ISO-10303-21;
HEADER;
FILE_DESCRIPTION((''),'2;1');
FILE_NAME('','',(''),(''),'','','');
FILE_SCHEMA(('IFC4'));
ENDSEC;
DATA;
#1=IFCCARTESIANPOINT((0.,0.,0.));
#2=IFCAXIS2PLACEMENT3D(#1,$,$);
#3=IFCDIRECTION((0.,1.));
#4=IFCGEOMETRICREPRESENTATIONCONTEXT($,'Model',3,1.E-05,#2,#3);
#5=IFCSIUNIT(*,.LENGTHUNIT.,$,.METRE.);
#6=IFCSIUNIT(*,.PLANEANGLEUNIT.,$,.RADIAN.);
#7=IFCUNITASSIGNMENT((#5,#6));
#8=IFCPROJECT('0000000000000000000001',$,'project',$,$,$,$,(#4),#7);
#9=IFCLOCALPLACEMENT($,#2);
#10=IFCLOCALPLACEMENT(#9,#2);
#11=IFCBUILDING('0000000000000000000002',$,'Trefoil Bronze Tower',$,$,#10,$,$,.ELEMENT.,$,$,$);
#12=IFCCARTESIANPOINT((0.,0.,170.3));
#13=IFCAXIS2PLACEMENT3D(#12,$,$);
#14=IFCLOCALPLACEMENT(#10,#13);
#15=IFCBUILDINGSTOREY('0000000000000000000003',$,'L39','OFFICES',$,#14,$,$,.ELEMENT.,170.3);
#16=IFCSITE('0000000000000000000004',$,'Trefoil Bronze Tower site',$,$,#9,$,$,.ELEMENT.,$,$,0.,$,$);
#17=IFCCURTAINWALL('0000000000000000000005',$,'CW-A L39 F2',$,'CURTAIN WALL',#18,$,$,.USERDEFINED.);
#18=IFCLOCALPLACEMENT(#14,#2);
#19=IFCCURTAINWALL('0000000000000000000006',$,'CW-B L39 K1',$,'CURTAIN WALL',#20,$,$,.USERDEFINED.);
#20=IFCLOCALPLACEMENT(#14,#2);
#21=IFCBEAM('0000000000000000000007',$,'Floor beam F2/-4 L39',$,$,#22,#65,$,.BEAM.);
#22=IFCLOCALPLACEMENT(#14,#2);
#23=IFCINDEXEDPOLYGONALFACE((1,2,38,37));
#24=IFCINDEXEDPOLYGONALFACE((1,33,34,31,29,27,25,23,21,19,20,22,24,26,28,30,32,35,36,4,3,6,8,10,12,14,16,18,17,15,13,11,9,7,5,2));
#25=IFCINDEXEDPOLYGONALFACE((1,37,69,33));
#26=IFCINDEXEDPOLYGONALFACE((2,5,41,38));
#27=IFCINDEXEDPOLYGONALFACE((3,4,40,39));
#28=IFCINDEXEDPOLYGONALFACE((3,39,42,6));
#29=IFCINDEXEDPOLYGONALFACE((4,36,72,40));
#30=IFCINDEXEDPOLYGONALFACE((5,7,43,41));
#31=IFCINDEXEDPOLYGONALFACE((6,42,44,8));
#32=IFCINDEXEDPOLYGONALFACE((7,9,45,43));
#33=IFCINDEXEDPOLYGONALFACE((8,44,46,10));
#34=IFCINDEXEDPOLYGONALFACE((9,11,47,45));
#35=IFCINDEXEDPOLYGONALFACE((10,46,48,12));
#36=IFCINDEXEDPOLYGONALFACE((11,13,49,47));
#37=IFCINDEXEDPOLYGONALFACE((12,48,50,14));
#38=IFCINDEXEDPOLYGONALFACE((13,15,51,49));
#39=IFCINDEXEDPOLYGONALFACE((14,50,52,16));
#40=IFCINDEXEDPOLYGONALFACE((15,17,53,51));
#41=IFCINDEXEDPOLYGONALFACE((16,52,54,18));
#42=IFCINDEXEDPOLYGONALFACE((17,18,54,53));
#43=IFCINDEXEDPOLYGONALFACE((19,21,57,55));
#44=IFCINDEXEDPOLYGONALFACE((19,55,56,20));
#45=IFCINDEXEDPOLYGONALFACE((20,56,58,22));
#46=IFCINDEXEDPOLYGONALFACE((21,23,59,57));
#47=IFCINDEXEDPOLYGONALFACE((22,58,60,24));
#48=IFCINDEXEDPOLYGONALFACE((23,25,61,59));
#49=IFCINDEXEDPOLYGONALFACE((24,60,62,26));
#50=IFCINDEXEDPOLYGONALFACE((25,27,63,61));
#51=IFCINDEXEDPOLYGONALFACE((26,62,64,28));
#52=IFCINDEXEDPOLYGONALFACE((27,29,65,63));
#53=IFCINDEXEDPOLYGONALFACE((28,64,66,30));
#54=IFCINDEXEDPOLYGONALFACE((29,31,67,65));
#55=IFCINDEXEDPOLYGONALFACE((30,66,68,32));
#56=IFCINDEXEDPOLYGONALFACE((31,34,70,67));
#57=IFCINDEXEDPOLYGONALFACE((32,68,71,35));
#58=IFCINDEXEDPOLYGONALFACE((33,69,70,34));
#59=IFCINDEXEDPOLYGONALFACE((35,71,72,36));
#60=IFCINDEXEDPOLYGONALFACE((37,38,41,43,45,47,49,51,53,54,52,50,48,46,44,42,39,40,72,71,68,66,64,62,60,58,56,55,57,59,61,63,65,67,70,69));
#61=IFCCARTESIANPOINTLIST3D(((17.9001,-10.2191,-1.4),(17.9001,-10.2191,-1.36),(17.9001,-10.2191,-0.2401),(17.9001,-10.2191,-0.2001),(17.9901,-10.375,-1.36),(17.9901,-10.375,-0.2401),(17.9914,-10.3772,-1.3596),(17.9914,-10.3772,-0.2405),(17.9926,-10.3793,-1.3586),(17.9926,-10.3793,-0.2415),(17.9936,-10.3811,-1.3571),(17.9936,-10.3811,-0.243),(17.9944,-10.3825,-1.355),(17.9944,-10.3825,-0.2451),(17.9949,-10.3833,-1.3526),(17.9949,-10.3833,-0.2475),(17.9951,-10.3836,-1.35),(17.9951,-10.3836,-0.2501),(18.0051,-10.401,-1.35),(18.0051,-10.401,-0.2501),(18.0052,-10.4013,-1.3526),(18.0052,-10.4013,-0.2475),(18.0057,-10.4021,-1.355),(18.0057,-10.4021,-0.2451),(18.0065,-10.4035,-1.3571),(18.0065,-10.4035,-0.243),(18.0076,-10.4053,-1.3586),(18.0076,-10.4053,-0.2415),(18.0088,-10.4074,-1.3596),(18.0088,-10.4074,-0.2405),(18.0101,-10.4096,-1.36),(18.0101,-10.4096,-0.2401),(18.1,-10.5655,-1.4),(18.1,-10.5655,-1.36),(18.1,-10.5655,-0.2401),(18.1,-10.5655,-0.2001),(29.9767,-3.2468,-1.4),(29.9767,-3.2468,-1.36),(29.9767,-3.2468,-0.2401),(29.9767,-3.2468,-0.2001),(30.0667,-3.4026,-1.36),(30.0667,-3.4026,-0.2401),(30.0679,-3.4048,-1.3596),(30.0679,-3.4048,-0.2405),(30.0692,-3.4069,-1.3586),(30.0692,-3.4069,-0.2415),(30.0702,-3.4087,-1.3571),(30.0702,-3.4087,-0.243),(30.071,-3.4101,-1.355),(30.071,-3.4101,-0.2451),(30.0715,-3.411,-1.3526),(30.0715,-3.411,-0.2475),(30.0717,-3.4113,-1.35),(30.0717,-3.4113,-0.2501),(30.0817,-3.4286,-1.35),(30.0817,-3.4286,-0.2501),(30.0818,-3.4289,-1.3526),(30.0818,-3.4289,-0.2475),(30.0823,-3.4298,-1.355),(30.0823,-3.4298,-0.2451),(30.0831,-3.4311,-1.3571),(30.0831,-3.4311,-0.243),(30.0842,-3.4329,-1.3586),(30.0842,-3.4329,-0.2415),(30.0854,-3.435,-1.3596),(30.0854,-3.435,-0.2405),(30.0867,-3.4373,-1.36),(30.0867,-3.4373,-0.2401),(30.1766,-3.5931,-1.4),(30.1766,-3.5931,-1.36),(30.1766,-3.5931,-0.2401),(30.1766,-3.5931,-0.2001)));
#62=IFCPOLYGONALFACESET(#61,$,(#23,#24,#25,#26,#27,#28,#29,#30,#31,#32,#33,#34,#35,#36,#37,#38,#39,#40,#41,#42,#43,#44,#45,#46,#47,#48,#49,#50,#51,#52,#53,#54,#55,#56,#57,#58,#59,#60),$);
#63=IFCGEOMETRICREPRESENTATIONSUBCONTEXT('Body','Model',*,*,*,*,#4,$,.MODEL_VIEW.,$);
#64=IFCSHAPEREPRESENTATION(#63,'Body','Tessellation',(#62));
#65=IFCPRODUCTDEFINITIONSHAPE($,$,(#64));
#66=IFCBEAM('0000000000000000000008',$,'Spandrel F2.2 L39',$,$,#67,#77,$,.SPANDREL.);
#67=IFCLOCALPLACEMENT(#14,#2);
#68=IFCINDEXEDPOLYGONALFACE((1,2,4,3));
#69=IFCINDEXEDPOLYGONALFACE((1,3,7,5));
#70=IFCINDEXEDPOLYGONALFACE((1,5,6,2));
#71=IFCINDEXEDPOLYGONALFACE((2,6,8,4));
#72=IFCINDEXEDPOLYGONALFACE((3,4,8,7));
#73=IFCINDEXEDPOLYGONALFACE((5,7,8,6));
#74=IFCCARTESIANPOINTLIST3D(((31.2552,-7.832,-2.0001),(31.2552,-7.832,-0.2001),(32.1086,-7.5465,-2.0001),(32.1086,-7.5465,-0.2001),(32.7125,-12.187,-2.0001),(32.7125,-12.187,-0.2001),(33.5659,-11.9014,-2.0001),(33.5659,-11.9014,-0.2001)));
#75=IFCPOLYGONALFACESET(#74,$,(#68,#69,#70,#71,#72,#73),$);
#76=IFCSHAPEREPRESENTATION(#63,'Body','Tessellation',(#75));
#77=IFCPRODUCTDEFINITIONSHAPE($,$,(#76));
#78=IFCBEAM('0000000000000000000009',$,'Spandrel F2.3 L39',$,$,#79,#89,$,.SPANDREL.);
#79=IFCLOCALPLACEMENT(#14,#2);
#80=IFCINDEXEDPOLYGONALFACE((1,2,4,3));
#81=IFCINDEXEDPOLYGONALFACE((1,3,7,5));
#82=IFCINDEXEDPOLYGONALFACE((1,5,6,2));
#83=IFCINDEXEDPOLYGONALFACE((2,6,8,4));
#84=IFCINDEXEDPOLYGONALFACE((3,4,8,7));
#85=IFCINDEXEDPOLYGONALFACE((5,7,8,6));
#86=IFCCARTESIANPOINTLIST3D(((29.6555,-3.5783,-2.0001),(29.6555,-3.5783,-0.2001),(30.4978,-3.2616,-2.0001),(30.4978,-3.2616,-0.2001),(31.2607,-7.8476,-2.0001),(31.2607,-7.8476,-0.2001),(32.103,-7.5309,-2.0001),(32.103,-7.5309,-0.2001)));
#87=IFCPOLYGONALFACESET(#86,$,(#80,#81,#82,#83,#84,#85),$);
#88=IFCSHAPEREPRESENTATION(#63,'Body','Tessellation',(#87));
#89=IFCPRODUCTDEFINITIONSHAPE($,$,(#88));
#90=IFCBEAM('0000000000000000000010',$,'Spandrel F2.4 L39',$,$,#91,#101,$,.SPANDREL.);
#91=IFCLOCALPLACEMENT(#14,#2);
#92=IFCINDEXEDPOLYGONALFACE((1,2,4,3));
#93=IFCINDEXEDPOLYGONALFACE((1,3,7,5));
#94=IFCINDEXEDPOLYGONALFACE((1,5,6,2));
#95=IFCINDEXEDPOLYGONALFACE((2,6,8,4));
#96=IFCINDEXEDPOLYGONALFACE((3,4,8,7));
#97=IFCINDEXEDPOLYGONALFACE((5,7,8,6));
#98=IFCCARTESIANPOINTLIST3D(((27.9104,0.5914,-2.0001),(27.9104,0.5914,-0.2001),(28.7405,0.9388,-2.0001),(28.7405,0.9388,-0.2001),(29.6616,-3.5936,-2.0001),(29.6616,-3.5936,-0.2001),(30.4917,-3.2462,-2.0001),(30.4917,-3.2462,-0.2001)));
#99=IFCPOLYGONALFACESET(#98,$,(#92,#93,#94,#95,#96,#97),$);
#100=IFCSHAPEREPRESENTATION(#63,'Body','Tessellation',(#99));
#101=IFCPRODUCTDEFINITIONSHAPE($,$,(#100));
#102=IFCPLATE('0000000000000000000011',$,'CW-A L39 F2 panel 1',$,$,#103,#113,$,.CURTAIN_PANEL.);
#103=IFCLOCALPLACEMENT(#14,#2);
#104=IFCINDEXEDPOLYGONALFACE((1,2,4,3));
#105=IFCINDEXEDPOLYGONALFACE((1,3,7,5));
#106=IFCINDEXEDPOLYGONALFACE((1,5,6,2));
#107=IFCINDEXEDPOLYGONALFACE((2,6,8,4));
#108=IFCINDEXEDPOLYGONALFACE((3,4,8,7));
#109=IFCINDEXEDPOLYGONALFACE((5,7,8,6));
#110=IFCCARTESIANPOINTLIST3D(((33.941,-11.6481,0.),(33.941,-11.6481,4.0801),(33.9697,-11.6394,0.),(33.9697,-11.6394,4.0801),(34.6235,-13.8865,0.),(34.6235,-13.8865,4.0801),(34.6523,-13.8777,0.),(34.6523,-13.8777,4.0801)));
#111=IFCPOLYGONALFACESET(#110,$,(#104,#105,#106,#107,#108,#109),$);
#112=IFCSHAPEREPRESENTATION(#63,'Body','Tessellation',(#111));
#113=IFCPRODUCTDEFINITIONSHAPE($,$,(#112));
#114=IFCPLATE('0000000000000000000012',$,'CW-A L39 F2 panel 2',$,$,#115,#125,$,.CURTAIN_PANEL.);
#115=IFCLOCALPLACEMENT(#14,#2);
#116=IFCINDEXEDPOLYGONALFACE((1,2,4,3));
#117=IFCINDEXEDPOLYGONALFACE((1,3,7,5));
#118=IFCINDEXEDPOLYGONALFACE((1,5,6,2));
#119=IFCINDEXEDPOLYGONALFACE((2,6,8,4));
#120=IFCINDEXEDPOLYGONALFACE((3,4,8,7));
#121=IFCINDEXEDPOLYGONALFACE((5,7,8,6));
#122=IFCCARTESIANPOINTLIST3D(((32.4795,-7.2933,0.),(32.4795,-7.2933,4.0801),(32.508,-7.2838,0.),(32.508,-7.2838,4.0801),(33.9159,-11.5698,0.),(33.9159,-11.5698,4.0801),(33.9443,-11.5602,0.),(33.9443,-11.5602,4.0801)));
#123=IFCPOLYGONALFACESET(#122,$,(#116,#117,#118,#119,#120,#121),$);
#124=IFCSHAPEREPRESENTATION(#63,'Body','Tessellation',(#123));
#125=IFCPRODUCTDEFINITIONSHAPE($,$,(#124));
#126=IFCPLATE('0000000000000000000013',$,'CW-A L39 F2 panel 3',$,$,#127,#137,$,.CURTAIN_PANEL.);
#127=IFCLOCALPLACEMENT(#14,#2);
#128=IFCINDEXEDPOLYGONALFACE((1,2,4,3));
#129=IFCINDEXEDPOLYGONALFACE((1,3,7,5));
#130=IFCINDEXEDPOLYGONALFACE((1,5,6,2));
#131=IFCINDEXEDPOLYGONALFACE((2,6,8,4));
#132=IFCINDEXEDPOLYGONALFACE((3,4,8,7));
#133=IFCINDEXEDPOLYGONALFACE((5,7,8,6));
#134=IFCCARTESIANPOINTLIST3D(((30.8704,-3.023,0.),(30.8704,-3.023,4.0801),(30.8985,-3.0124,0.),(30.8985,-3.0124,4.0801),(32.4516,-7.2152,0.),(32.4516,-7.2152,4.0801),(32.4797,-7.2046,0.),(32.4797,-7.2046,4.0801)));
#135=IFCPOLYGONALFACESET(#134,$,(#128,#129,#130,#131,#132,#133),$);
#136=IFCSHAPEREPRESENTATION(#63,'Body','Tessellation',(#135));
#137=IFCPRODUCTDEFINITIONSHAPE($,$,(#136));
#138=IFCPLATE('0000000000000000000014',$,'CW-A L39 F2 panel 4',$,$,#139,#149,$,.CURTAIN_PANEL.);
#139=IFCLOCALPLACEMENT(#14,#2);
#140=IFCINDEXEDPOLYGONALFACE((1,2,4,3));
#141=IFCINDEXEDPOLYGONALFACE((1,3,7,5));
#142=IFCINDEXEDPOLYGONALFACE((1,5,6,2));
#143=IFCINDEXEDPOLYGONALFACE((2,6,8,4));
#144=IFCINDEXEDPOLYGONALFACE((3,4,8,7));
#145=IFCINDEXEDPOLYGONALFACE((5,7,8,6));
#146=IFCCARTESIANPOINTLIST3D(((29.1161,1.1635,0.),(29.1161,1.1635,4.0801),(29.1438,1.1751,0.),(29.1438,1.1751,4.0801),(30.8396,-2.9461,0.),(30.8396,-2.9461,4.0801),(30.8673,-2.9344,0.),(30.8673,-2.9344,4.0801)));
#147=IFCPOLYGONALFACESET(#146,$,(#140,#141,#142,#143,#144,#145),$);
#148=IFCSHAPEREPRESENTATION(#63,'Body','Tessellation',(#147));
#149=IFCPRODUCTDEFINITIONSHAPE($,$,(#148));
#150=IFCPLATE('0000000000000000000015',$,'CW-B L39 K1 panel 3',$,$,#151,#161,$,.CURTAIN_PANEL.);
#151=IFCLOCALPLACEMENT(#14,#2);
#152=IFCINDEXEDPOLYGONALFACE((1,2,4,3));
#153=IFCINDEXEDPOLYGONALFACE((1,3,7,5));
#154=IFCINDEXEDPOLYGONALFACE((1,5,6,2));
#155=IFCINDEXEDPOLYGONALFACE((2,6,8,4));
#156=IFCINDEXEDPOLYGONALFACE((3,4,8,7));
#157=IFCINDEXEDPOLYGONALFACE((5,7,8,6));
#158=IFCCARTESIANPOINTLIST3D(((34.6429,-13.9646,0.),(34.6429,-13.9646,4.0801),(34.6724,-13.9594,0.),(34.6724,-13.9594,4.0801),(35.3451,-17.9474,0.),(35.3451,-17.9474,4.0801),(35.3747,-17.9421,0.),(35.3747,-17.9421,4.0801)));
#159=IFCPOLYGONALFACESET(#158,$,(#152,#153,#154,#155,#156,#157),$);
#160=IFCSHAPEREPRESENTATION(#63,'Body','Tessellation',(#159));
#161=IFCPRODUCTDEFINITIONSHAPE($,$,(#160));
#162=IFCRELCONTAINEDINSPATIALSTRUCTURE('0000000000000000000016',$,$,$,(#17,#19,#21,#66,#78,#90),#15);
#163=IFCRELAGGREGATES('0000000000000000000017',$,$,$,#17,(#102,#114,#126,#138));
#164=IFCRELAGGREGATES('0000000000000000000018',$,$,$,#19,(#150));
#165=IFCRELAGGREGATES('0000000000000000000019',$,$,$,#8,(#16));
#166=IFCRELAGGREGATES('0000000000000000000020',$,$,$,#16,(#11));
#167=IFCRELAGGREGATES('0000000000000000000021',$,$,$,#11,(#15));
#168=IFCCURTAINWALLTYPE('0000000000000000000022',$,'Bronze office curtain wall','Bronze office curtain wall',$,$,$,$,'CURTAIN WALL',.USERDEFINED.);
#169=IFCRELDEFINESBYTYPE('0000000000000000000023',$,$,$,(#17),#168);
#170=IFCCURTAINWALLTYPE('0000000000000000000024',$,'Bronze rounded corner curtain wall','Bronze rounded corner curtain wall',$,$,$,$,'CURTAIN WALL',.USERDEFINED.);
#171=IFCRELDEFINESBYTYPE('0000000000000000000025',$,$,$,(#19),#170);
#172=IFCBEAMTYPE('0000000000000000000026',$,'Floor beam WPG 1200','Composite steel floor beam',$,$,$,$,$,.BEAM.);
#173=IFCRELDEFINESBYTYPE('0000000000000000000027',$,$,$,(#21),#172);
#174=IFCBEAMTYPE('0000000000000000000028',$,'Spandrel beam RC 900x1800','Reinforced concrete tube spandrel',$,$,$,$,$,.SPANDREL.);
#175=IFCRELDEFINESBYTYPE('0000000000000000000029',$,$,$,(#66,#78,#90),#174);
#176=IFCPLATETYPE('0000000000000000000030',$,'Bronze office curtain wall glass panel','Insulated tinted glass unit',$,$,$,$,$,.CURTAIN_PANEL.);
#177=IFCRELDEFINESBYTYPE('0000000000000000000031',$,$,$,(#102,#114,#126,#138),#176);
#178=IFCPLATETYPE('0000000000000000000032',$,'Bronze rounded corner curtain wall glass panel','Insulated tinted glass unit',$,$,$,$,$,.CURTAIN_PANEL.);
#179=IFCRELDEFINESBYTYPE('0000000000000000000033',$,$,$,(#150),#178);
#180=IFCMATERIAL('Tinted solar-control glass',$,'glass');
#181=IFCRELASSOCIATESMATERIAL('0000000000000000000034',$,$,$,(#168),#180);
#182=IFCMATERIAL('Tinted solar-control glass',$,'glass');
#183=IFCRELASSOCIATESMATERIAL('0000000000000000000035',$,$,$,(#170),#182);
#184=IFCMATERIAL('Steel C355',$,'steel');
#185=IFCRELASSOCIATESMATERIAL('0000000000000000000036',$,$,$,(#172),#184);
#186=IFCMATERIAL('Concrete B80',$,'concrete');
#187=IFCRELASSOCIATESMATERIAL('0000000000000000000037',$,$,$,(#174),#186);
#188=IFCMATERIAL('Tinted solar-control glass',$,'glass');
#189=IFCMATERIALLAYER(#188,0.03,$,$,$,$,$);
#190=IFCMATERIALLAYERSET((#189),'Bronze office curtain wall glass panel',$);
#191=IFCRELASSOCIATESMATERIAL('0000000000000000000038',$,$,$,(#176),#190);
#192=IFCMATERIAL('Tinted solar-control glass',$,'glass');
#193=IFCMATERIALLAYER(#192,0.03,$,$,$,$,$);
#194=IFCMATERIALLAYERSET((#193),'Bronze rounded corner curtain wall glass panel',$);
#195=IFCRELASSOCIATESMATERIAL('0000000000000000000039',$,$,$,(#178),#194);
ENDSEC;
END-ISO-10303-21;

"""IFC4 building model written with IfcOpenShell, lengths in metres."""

from ifc_helpers import new_model, si_unit, direction, frame, origin, origin_2d, place, context, subcontext, project, spatial, rectangle, i_section, extrude, material, layer, layer_set, material_profile, profile_set, type_object, element, aggregate, save


model = new_model("IFC4")

# Units and contexts
model_context = context("Model", 3, precision=1e-05, world=origin(), true_north=direction((0.0, 1.0)))
body_context = subcontext(model_context, "Body", "Model", "MODEL_VIEW")
ifc_project = project(units=[si_unit("LENGTHUNIT", "METRE"), si_unit("PLANEANGLEUNIT", "RADIAN")], contexts=[model_context])

# Site, building, storey
site_placement = place(None, origin())
site = spatial("IfcSite", under=ifc_project, at=site_placement, Name="Trefoil Bronze Tower site", CompositionType="ELEMENT", RefElevation=0.0)
building_placement = place(site_placement, origin())
building = spatial("IfcBuilding", under=site, at=building_placement, Name="Trefoil Bronze Tower", CompositionType="ELEMENT")
storey_placement = place(building_placement, frame((0.0, 0.0, 170.3)))
storey = spatial("IfcBuildingStorey", under=building, at=storey_placement, Name="L39", Description="OFFICES", CompositionType="ELEMENT", Elevation=170.3)

# Curtain wall
ifc_material_1 = material(Name="Tinted solar-control glass", Category="glass")
curtain_wall_type_1 = type_object("IfcCurtainWallType", Name="Bronze office curtain wall", Description="Bronze office curtain wall", ElementType="CURTAIN WALL", PredefinedType="USERDEFINED", material=ifc_material_1)
curtain_wall_1_placement = place(storey_placement, origin())
curtain_wall_1 = element("IfcCurtainWall", 1, at=curtain_wall_1_placement, inside=storey, type_object=curtain_wall_type_1, Name="CW-A L39 F2", ObjectType="CURTAIN WALL", PredefinedType="USERDEFINED")

# Curtain wall
ifc_material_2 = material(Name="Tinted solar-control glass", Category="glass")
curtain_wall_type_2 = type_object("IfcCurtainWallType", Name="Bronze rounded corner curtain wall", Description="Bronze rounded corner curtain wall", ElementType="CURTAIN WALL", PredefinedType="USERDEFINED", material=ifc_material_2)
curtain_wall_2_placement = place(storey_placement, origin())
curtain_wall_2 = element("IfcCurtainWall", 2, at=curtain_wall_2_placement, inside=storey, type_object=curtain_wall_type_2, Name="CW-B L39 K1", ObjectType="CURTAIN WALL", PredefinedType="USERDEFINED")

# Beams
ifc_material_3 = material(Name="Steel C355", Category="steel")
ifc_material_profile_1 = material_profile(ifc_material_3, i_section(OverallWidth=0.3999, OverallDepth=1.2, WebThickness=0.02, FlangeThickness=0.04, FilletRadius=0.01, at=origin_2d()), Name="WPG 1200")
ifc_profile_set_1 = profile_set([ifc_material_profile_1], Name="Steel C355")
beam_type_1 = type_object("IfcBeamType", Name="Floor beam WPG 1200", Description="Composite steel floor beam", PredefinedType="BEAM", material=ifc_profile_set_1)
beam_1_placement = place(storey_placement, frame((30.0767, -3.4199, -0.8), z_axis=(-0.866027, -0.499997, 0.0), x_axis=(0.499997, -0.866027, 0.0)))
element("IfcBeam", 3, at=beam_1_placement, inside=storey, type_object=beam_type_1, Name="Floor beam F2/-4 L39", PredefinedType="BEAM", context=body_context, shape_type="SweptSolid", body=[
    extrude(i_section(OverallWidth=0.3999, OverallDepth=1.2, WebThickness=0.02, FlangeThickness=0.04, FilletRadius=0.01, at=origin_2d()), origin(), (0.0, 0.0, 1.0), 13.9448),
])
ifc_material_4 = material(Name="Concrete B80", Category="concrete")
ifc_material_profile_2 = material_profile(ifc_material_4, rectangle(XDim=0.8999, YDim=1.8, at=origin_2d()), Name="RC 900x1800")
ifc_profile_set_2 = profile_set([ifc_material_profile_2], Name="Concrete B80")
beam_type_2 = type_object("IfcBeamType", Name="Spandrel beam RC 900x1800", Description="Reinforced concrete tube spandrel", PredefinedType="SPANDREL", material=ifc_profile_set_2)
beam_2_placement = place(storey_placement, frame((33.1392, -12.0442, -1.1001), z_axis=(-0.317328, 0.948316, 0.0), x_axis=(-0.948316, -0.317328, 0.0)))
element("IfcBeam", 4, at=beam_2_placement, inside=storey, type_object=beam_type_2, Name="Spandrel F2.2 L39", PredefinedType="SPANDREL", context=body_context, shape_type="SweptSolid", body=[
    extrude(rectangle(XDim=0.8999, YDim=1.8, at=origin_2d()), origin(), (0.0, 0.0, 1.0), 4.5923),
])
beam_3_placement = place(storey_placement, frame((31.6819, -7.6892, -1.1001), z_axis=(-0.351939, 0.936023, 0.0), x_axis=(-0.936023, -0.351939, 0.0)))
element("IfcBeam", 5, at=beam_3_placement, inside=storey, type_object=beam_type_2, Name="Spandrel F2.3 L39", PredefinedType="SPANDREL", context=body_context, shape_type="SweptSolid", body=[
    extrude(rectangle(XDim=0.8999, YDim=1.8, at=origin_2d()), origin(), (0.0, 0.0, 1.0), 4.561),
])
beam_4_placement = place(storey_placement, frame((30.0767, -3.4199, -1.1001), z_axis=(-0.386013, 0.922493, 0.0), x_axis=(-0.922493, -0.386013, 0.0)))
element("IfcBeam", 6, at=beam_4_placement, inside=storey, type_object=beam_type_2, Name="Spandrel F2.4 L39", PredefinedType="SPANDREL", context=body_context, shape_type="SweptSolid", body=[
    extrude(rectangle(XDim=0.8999, YDim=1.8, at=origin_2d()), origin(), (0.0, 0.0, 1.0), 4.5366),
])

# Plates
ifc_material_5 = material(Name="Tinted solar-control glass", Category="glass")
ifc_layer_1 = layer(ifc_material_5, 0.03)
ifc_layer_set_1 = layer_set([ifc_layer_1], Name="Bronze office curtain wall glass panel")
plate_type_1 = type_object("IfcPlateType", Name="Bronze office curtain wall glass panel", Description="Insulated tinted glass unit", PredefinedType="CURTAIN_PANEL", material=ifc_layer_set_1)
plate_1_placement = place(storey_placement, frame((34.2966, -12.7629, 0.0), z_axis=(0.0, 0.0, 1.0), x_axis=(-0.291669, 0.956519, 0.0)))
plate_1 = element("IfcPlate", 7, at=plate_1_placement, type_object=plate_type_1, Name="CW-A L39 F2 panel 1", PredefinedType="CURTAIN_PANEL", context=body_context, shape_type="SweptSolid", body=[
    extrude(rectangle(XDim=2.3401, YDim=0.03, at=origin_2d()), origin(), (0.0, 0.0, 1.0), 4.0801),
])
plate_2_placement = place(storey_placement, frame((33.2119, -9.4268, 0.0), z_axis=(0.0, 0.0, 1.0), x_axis=(-0.318404, 0.947955, 0.0)))
plate_2 = element("IfcPlate", 8, at=plate_2_placement, type_object=plate_type_1, Name="CW-A L39 F2 panel 2", PredefinedType="CURTAIN_PANEL", context=body_context, shape_type="SweptSolid", body=[
    extrude(rectangle(XDim=4.5112, YDim=0.03, at=origin_2d()), origin(), (0.0, 0.0, 1.0), 4.0801),
])
plate_3_placement = place(storey_placement, frame((31.675, -5.1138, 0.0), z_axis=(0.0, 0.0, 1.0), x_axis=(-0.35292, 0.935654, 0.0)))
plate_3 = element("IfcPlate", 9, at=plate_3_placement, type_object=plate_type_1, Name="CW-A L39 F2 panel 3", PredefinedType="CURTAIN_PANEL", context=body_context, shape_type="SweptSolid", body=[
    extrude(rectangle(XDim=4.4805, YDim=0.03, at=origin_2d()), origin(), (0.0, 0.0, 1.0), 4.0801),
])
plate_4_placement = place(storey_placement, frame((29.9917, -0.8855, 0.0), z_axis=(0.0, 0.0, 1.0), x_axis=(-0.386759, 0.922181, 0.0)))
plate_4 = element("IfcPlate", 10, at=plate_4_placement, type_object=plate_type_1, Name="CW-A L39 F2 panel 4", PredefinedType="CURTAIN_PANEL", context=body_context, shape_type="SweptSolid", body=[
    extrude(rectangle(XDim=4.4563, YDim=0.03, at=origin_2d()), origin(), (0.0, 0.0, 1.0), 4.0801),
])
aggregate(curtain_wall_1, [plate_1, plate_2, plate_3, plate_4])
ifc_material_6 = material(Name="Tinted solar-control glass", Category="glass")
ifc_layer_2 = layer(ifc_material_6, 0.03)
ifc_layer_set_2 = layer_set([ifc_layer_2], Name="Bronze rounded corner curtain wall glass panel")
plate_type_2 = type_object("IfcPlateType", Name="Bronze rounded corner curtain wall glass panel", Description="Insulated tinted glass unit", PredefinedType="CURTAIN_PANEL", material=ifc_layer_set_2)
plate_5_placement = place(storey_placement, frame((35.0088, -15.9534, 0.0), z_axis=(0.0, 0.0, 1.0), x_axis=(-0.173648, 0.984808, 0.0)))
plate_5 = element("IfcPlate", 11, at=plate_5_placement, type_object=plate_type_2, Name="CW-B L39 K1 panel 3", PredefinedType="CURTAIN_PANEL", context=body_context, shape_type="SweptSolid", body=[
    extrude(rectangle(XDim=4.0442, YDim=0.03, at=origin_2d()), origin(), (0.0, 0.0, 1.0), 4.0801),
])
aggregate(curtain_wall_2, [plate_5])

save(model, "model.ifc")
